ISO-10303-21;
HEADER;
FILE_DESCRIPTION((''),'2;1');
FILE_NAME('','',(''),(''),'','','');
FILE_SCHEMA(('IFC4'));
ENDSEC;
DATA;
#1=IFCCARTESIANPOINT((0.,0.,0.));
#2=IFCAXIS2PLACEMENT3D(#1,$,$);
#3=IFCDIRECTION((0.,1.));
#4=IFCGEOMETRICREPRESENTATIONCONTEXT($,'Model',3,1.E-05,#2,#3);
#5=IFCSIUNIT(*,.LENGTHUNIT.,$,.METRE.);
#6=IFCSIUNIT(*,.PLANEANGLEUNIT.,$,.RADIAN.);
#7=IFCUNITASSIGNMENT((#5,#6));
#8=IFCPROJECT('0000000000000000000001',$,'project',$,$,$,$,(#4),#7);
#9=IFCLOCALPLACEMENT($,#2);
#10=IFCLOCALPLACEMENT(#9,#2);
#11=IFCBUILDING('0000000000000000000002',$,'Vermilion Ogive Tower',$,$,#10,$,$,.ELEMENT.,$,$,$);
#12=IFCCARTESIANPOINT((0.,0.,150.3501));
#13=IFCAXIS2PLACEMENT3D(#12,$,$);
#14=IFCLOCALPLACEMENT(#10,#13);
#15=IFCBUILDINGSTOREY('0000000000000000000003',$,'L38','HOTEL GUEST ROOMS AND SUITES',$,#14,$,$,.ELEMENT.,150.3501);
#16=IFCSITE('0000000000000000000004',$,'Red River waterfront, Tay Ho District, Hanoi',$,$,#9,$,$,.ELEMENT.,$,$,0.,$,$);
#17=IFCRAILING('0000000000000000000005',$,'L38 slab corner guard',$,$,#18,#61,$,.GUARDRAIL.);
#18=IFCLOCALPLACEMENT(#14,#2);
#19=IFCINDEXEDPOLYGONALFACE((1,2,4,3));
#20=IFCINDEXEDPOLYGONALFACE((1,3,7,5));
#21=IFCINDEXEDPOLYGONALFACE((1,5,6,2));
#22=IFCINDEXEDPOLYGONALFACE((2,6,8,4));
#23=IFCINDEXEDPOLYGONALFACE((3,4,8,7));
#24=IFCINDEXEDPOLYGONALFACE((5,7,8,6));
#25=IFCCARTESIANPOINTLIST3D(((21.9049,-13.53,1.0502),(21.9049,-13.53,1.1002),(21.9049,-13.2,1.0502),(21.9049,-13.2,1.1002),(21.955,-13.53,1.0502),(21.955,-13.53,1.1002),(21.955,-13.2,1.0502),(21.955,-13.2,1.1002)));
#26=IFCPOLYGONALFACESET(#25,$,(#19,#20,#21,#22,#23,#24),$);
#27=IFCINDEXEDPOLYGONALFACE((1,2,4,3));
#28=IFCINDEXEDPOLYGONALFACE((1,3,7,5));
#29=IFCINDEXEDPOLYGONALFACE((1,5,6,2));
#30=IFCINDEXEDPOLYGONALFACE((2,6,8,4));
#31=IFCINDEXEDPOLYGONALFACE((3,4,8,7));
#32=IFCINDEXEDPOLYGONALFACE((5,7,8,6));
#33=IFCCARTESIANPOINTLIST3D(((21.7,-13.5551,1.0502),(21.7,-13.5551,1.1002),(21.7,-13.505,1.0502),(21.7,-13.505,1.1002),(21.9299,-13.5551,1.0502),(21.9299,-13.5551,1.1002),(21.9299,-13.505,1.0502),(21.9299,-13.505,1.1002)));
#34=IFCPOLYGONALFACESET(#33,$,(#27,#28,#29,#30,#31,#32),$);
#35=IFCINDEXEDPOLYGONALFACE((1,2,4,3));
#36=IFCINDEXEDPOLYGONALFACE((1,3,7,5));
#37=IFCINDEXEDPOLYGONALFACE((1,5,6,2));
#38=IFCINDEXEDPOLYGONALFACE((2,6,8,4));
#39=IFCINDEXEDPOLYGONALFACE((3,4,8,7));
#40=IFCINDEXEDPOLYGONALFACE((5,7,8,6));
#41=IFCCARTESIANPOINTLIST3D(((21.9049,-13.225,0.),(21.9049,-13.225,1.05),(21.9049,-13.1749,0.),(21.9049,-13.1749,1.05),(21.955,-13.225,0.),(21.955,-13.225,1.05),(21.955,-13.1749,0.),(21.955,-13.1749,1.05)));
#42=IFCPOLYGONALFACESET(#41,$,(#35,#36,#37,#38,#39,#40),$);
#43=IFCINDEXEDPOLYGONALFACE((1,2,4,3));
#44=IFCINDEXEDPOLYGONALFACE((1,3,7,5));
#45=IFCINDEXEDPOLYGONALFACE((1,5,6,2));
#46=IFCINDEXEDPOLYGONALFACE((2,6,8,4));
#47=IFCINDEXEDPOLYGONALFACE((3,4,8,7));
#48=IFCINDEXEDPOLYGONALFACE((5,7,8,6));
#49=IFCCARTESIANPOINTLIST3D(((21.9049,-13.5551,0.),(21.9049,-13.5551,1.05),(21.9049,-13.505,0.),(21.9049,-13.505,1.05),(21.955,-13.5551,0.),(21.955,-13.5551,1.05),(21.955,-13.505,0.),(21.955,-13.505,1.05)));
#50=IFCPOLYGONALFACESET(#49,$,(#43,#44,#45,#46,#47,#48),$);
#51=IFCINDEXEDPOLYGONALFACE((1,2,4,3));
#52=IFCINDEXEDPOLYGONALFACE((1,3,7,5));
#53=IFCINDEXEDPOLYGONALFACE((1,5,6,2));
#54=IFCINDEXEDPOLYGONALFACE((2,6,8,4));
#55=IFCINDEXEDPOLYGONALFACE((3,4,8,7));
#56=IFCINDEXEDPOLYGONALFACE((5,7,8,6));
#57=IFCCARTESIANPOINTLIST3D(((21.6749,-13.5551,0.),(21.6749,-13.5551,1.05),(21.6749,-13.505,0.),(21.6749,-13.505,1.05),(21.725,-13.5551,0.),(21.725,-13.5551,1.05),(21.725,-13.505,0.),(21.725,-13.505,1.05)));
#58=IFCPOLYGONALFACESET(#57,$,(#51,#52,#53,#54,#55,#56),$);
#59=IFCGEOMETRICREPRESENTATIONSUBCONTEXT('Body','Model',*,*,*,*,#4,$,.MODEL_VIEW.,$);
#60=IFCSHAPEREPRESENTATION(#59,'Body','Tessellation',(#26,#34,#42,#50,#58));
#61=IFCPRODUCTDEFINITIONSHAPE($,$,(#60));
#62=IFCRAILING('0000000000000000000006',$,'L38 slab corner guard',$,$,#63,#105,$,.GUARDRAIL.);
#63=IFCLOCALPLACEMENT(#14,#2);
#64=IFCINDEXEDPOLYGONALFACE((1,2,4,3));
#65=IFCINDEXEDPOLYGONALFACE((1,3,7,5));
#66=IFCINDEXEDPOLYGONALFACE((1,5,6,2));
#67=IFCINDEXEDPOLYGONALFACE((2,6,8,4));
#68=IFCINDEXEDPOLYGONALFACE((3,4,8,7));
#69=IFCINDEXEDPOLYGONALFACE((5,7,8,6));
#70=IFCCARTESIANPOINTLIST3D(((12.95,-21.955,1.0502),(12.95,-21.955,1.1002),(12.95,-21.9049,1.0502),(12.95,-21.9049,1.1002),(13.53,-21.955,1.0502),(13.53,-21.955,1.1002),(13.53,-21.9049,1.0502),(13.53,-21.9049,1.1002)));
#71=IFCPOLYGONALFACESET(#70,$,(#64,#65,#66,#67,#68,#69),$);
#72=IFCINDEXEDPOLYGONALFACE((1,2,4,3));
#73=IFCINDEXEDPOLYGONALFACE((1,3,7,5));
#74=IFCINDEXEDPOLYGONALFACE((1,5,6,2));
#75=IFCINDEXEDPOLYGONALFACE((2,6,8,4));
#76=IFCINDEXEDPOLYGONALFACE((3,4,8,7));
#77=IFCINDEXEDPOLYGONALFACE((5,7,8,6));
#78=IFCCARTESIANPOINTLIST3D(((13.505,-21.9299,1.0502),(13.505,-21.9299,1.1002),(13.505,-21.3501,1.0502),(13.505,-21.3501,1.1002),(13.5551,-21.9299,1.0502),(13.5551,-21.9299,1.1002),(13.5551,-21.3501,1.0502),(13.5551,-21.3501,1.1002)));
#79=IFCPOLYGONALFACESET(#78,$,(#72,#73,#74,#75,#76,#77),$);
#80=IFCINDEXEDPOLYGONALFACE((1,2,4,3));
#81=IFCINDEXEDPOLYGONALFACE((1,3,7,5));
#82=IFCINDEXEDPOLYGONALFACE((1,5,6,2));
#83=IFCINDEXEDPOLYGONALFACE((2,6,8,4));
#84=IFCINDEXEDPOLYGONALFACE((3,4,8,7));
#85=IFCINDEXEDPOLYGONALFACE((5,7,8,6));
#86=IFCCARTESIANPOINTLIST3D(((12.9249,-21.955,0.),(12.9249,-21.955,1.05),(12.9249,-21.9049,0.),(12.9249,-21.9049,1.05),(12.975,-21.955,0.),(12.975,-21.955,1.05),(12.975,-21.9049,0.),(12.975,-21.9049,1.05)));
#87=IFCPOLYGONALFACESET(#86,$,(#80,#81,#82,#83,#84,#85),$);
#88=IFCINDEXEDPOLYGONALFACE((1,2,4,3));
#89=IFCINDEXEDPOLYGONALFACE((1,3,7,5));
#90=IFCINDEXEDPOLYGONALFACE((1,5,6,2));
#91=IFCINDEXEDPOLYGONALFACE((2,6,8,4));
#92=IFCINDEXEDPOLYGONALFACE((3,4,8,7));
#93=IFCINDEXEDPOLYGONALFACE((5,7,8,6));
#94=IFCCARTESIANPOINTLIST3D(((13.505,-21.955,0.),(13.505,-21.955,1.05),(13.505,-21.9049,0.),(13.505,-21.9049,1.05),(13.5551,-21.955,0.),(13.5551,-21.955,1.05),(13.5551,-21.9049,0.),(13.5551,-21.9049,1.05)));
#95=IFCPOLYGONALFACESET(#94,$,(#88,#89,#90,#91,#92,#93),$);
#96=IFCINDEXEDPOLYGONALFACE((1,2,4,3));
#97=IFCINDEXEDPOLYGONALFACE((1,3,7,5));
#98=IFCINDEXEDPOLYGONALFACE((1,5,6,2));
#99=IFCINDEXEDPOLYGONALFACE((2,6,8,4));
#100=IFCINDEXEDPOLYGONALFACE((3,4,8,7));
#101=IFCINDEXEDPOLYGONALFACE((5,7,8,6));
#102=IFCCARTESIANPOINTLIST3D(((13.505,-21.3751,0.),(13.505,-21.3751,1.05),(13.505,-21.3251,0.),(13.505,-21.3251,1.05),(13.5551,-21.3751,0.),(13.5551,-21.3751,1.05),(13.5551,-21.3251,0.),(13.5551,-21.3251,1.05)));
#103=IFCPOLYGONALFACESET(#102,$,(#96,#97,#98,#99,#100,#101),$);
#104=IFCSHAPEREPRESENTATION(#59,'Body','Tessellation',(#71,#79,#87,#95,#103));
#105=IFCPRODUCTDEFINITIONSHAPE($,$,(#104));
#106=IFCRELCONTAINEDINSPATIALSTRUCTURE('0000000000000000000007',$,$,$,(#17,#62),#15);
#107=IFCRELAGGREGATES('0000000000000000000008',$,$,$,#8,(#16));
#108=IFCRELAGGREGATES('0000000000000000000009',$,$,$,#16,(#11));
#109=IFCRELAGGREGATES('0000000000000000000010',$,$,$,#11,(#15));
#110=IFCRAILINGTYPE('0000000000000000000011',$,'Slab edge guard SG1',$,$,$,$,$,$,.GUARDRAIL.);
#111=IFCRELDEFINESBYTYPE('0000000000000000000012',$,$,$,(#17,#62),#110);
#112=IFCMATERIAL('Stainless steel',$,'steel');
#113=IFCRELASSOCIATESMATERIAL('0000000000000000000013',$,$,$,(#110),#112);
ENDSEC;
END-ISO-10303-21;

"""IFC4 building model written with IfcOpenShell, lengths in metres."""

from ifc_helpers import new_model, si_unit, direction, frame, origin, origin_2d, place, context, subcontext, project, spatial, rectangle, extrude, material, type_object, element, save


model = new_model("IFC4")

# Units and contexts
model_context = context("Model", 3, precision=1e-05, world=origin(), true_north=direction((0.0, 1.0)))
body_context = subcontext(model_context, "Body", "Model", "MODEL_VIEW")
ifc_project = project(units=[si_unit("LENGTHUNIT", "METRE"), si_unit("PLANEANGLEUNIT", "RADIAN")], contexts=[model_context])

# Site, building, storey
site_placement = place(None, origin())
site = spatial("IfcSite", under=ifc_project, at=site_placement, Name="Red River waterfront, Tay Ho District, Hanoi", CompositionType="ELEMENT", RefElevation=0.0)
building_placement = place(site_placement, origin())
building = spatial("IfcBuilding", under=site, at=building_placement, Name="Vermilion Ogive Tower", CompositionType="ELEMENT")
storey_placement = place(building_placement, frame((0.0, 0.0, 150.3501)))
storey = spatial("IfcBuildingStorey", under=building, at=storey_placement, Name="L38", Description="HOTEL GUEST ROOMS AND SUITES", CompositionType="ELEMENT", Elevation=150.3501)

# Railings
ifc_material_1 = material(Name="Stainless steel", Category="steel")
railing_type_1 = type_object("IfcRailingType", Name="Slab edge guard SG1", PredefinedType="GUARDRAIL", material=ifc_material_1)
railing_1_placement = place(storey_placement, frame((21.9299, -13.2, 0.0)))
element("IfcRailing", 1, at=railing_1_placement, inside=storey, type_object=railing_type_1, Name="L38 slab corner guard", PredefinedType="GUARDRAIL", context=body_context, shape_type="SweptSolid", body=[
    extrude(rectangle(XDim=0.05, YDim=0.05, at=origin_2d()), frame((0.0, 0.0, 1.0752), z_axis=(0.0, -1.0, 0.0), x_axis=(1.0, 0.0, 0.0)), (0.0, 0.0, 1.0), 0.3301),
    extrude(rectangle(XDim=0.05, YDim=0.05, at=origin_2d()), frame((0.0, -0.3301, 1.0752), z_axis=(-1.0, 0.0, 0.0), x_axis=(0.0, -1.0, 0.0)), (0.0, 0.0, 1.0), 0.23),
    extrude(rectangle(XDim=0.05, YDim=0.05, at=origin_2d()), origin(), (0.0, 0.0, 1.0), 1.05),
    extrude(rectangle(XDim=0.05, YDim=0.05, at=origin_2d()), frame((0.0, -0.3301, 0.0)), (0.0, 0.0, 1.0), 1.05),
    extrude(rectangle(XDim=0.05, YDim=0.05, at=origin_2d()), frame((-0.23, -0.3301, 0.0)), (0.0, 0.0, 1.0), 1.05),
])
railing_2_placement = place(storey_placement, frame((12.95, -21.9299, 0.0)))
element("IfcRailing", 2, at=railing_2_placement, inside=storey, type_object=railing_type_1, Name="L38 slab corner guard", PredefinedType="GUARDRAIL", context=body_context, shape_type="SweptSolid", body=[
    extrude(rectangle(XDim=0.05, YDim=0.05, at=origin_2d()), frame((0.0, 0.0, 1.0752), z_axis=(1.0, 0.0, 0.0), x_axis=(0.0, 1.0, 0.0)), (0.0, 0.0, 1.0), 0.5801),
    extrude(rectangle(XDim=0.05, YDim=0.05, at=origin_2d()), frame((0.5801, 0.0, 1.0752), z_axis=(0.0, 1.0, 0.0), x_axis=(-1.0, 0.0, 0.0)), (0.0, 0.0, 1.0), 0.5798),
    extrude(rectangle(XDim=0.05, YDim=0.05, at=origin_2d()), origin(), (0.0, 0.0, 1.0), 1.05),
    extrude(rectangle(XDim=0.05, YDim=0.05, at=origin_2d()), frame((0.5801, 0.0, 0.0)), (0.0, 0.0, 1.0), 1.05),
    extrude(rectangle(XDim=0.05, YDim=0.05, at=origin_2d()), frame((0.5801, 0.5798, 0.0)), (0.0, 0.0, 1.0), 1.05),
])

save(model, "model.ifc")
